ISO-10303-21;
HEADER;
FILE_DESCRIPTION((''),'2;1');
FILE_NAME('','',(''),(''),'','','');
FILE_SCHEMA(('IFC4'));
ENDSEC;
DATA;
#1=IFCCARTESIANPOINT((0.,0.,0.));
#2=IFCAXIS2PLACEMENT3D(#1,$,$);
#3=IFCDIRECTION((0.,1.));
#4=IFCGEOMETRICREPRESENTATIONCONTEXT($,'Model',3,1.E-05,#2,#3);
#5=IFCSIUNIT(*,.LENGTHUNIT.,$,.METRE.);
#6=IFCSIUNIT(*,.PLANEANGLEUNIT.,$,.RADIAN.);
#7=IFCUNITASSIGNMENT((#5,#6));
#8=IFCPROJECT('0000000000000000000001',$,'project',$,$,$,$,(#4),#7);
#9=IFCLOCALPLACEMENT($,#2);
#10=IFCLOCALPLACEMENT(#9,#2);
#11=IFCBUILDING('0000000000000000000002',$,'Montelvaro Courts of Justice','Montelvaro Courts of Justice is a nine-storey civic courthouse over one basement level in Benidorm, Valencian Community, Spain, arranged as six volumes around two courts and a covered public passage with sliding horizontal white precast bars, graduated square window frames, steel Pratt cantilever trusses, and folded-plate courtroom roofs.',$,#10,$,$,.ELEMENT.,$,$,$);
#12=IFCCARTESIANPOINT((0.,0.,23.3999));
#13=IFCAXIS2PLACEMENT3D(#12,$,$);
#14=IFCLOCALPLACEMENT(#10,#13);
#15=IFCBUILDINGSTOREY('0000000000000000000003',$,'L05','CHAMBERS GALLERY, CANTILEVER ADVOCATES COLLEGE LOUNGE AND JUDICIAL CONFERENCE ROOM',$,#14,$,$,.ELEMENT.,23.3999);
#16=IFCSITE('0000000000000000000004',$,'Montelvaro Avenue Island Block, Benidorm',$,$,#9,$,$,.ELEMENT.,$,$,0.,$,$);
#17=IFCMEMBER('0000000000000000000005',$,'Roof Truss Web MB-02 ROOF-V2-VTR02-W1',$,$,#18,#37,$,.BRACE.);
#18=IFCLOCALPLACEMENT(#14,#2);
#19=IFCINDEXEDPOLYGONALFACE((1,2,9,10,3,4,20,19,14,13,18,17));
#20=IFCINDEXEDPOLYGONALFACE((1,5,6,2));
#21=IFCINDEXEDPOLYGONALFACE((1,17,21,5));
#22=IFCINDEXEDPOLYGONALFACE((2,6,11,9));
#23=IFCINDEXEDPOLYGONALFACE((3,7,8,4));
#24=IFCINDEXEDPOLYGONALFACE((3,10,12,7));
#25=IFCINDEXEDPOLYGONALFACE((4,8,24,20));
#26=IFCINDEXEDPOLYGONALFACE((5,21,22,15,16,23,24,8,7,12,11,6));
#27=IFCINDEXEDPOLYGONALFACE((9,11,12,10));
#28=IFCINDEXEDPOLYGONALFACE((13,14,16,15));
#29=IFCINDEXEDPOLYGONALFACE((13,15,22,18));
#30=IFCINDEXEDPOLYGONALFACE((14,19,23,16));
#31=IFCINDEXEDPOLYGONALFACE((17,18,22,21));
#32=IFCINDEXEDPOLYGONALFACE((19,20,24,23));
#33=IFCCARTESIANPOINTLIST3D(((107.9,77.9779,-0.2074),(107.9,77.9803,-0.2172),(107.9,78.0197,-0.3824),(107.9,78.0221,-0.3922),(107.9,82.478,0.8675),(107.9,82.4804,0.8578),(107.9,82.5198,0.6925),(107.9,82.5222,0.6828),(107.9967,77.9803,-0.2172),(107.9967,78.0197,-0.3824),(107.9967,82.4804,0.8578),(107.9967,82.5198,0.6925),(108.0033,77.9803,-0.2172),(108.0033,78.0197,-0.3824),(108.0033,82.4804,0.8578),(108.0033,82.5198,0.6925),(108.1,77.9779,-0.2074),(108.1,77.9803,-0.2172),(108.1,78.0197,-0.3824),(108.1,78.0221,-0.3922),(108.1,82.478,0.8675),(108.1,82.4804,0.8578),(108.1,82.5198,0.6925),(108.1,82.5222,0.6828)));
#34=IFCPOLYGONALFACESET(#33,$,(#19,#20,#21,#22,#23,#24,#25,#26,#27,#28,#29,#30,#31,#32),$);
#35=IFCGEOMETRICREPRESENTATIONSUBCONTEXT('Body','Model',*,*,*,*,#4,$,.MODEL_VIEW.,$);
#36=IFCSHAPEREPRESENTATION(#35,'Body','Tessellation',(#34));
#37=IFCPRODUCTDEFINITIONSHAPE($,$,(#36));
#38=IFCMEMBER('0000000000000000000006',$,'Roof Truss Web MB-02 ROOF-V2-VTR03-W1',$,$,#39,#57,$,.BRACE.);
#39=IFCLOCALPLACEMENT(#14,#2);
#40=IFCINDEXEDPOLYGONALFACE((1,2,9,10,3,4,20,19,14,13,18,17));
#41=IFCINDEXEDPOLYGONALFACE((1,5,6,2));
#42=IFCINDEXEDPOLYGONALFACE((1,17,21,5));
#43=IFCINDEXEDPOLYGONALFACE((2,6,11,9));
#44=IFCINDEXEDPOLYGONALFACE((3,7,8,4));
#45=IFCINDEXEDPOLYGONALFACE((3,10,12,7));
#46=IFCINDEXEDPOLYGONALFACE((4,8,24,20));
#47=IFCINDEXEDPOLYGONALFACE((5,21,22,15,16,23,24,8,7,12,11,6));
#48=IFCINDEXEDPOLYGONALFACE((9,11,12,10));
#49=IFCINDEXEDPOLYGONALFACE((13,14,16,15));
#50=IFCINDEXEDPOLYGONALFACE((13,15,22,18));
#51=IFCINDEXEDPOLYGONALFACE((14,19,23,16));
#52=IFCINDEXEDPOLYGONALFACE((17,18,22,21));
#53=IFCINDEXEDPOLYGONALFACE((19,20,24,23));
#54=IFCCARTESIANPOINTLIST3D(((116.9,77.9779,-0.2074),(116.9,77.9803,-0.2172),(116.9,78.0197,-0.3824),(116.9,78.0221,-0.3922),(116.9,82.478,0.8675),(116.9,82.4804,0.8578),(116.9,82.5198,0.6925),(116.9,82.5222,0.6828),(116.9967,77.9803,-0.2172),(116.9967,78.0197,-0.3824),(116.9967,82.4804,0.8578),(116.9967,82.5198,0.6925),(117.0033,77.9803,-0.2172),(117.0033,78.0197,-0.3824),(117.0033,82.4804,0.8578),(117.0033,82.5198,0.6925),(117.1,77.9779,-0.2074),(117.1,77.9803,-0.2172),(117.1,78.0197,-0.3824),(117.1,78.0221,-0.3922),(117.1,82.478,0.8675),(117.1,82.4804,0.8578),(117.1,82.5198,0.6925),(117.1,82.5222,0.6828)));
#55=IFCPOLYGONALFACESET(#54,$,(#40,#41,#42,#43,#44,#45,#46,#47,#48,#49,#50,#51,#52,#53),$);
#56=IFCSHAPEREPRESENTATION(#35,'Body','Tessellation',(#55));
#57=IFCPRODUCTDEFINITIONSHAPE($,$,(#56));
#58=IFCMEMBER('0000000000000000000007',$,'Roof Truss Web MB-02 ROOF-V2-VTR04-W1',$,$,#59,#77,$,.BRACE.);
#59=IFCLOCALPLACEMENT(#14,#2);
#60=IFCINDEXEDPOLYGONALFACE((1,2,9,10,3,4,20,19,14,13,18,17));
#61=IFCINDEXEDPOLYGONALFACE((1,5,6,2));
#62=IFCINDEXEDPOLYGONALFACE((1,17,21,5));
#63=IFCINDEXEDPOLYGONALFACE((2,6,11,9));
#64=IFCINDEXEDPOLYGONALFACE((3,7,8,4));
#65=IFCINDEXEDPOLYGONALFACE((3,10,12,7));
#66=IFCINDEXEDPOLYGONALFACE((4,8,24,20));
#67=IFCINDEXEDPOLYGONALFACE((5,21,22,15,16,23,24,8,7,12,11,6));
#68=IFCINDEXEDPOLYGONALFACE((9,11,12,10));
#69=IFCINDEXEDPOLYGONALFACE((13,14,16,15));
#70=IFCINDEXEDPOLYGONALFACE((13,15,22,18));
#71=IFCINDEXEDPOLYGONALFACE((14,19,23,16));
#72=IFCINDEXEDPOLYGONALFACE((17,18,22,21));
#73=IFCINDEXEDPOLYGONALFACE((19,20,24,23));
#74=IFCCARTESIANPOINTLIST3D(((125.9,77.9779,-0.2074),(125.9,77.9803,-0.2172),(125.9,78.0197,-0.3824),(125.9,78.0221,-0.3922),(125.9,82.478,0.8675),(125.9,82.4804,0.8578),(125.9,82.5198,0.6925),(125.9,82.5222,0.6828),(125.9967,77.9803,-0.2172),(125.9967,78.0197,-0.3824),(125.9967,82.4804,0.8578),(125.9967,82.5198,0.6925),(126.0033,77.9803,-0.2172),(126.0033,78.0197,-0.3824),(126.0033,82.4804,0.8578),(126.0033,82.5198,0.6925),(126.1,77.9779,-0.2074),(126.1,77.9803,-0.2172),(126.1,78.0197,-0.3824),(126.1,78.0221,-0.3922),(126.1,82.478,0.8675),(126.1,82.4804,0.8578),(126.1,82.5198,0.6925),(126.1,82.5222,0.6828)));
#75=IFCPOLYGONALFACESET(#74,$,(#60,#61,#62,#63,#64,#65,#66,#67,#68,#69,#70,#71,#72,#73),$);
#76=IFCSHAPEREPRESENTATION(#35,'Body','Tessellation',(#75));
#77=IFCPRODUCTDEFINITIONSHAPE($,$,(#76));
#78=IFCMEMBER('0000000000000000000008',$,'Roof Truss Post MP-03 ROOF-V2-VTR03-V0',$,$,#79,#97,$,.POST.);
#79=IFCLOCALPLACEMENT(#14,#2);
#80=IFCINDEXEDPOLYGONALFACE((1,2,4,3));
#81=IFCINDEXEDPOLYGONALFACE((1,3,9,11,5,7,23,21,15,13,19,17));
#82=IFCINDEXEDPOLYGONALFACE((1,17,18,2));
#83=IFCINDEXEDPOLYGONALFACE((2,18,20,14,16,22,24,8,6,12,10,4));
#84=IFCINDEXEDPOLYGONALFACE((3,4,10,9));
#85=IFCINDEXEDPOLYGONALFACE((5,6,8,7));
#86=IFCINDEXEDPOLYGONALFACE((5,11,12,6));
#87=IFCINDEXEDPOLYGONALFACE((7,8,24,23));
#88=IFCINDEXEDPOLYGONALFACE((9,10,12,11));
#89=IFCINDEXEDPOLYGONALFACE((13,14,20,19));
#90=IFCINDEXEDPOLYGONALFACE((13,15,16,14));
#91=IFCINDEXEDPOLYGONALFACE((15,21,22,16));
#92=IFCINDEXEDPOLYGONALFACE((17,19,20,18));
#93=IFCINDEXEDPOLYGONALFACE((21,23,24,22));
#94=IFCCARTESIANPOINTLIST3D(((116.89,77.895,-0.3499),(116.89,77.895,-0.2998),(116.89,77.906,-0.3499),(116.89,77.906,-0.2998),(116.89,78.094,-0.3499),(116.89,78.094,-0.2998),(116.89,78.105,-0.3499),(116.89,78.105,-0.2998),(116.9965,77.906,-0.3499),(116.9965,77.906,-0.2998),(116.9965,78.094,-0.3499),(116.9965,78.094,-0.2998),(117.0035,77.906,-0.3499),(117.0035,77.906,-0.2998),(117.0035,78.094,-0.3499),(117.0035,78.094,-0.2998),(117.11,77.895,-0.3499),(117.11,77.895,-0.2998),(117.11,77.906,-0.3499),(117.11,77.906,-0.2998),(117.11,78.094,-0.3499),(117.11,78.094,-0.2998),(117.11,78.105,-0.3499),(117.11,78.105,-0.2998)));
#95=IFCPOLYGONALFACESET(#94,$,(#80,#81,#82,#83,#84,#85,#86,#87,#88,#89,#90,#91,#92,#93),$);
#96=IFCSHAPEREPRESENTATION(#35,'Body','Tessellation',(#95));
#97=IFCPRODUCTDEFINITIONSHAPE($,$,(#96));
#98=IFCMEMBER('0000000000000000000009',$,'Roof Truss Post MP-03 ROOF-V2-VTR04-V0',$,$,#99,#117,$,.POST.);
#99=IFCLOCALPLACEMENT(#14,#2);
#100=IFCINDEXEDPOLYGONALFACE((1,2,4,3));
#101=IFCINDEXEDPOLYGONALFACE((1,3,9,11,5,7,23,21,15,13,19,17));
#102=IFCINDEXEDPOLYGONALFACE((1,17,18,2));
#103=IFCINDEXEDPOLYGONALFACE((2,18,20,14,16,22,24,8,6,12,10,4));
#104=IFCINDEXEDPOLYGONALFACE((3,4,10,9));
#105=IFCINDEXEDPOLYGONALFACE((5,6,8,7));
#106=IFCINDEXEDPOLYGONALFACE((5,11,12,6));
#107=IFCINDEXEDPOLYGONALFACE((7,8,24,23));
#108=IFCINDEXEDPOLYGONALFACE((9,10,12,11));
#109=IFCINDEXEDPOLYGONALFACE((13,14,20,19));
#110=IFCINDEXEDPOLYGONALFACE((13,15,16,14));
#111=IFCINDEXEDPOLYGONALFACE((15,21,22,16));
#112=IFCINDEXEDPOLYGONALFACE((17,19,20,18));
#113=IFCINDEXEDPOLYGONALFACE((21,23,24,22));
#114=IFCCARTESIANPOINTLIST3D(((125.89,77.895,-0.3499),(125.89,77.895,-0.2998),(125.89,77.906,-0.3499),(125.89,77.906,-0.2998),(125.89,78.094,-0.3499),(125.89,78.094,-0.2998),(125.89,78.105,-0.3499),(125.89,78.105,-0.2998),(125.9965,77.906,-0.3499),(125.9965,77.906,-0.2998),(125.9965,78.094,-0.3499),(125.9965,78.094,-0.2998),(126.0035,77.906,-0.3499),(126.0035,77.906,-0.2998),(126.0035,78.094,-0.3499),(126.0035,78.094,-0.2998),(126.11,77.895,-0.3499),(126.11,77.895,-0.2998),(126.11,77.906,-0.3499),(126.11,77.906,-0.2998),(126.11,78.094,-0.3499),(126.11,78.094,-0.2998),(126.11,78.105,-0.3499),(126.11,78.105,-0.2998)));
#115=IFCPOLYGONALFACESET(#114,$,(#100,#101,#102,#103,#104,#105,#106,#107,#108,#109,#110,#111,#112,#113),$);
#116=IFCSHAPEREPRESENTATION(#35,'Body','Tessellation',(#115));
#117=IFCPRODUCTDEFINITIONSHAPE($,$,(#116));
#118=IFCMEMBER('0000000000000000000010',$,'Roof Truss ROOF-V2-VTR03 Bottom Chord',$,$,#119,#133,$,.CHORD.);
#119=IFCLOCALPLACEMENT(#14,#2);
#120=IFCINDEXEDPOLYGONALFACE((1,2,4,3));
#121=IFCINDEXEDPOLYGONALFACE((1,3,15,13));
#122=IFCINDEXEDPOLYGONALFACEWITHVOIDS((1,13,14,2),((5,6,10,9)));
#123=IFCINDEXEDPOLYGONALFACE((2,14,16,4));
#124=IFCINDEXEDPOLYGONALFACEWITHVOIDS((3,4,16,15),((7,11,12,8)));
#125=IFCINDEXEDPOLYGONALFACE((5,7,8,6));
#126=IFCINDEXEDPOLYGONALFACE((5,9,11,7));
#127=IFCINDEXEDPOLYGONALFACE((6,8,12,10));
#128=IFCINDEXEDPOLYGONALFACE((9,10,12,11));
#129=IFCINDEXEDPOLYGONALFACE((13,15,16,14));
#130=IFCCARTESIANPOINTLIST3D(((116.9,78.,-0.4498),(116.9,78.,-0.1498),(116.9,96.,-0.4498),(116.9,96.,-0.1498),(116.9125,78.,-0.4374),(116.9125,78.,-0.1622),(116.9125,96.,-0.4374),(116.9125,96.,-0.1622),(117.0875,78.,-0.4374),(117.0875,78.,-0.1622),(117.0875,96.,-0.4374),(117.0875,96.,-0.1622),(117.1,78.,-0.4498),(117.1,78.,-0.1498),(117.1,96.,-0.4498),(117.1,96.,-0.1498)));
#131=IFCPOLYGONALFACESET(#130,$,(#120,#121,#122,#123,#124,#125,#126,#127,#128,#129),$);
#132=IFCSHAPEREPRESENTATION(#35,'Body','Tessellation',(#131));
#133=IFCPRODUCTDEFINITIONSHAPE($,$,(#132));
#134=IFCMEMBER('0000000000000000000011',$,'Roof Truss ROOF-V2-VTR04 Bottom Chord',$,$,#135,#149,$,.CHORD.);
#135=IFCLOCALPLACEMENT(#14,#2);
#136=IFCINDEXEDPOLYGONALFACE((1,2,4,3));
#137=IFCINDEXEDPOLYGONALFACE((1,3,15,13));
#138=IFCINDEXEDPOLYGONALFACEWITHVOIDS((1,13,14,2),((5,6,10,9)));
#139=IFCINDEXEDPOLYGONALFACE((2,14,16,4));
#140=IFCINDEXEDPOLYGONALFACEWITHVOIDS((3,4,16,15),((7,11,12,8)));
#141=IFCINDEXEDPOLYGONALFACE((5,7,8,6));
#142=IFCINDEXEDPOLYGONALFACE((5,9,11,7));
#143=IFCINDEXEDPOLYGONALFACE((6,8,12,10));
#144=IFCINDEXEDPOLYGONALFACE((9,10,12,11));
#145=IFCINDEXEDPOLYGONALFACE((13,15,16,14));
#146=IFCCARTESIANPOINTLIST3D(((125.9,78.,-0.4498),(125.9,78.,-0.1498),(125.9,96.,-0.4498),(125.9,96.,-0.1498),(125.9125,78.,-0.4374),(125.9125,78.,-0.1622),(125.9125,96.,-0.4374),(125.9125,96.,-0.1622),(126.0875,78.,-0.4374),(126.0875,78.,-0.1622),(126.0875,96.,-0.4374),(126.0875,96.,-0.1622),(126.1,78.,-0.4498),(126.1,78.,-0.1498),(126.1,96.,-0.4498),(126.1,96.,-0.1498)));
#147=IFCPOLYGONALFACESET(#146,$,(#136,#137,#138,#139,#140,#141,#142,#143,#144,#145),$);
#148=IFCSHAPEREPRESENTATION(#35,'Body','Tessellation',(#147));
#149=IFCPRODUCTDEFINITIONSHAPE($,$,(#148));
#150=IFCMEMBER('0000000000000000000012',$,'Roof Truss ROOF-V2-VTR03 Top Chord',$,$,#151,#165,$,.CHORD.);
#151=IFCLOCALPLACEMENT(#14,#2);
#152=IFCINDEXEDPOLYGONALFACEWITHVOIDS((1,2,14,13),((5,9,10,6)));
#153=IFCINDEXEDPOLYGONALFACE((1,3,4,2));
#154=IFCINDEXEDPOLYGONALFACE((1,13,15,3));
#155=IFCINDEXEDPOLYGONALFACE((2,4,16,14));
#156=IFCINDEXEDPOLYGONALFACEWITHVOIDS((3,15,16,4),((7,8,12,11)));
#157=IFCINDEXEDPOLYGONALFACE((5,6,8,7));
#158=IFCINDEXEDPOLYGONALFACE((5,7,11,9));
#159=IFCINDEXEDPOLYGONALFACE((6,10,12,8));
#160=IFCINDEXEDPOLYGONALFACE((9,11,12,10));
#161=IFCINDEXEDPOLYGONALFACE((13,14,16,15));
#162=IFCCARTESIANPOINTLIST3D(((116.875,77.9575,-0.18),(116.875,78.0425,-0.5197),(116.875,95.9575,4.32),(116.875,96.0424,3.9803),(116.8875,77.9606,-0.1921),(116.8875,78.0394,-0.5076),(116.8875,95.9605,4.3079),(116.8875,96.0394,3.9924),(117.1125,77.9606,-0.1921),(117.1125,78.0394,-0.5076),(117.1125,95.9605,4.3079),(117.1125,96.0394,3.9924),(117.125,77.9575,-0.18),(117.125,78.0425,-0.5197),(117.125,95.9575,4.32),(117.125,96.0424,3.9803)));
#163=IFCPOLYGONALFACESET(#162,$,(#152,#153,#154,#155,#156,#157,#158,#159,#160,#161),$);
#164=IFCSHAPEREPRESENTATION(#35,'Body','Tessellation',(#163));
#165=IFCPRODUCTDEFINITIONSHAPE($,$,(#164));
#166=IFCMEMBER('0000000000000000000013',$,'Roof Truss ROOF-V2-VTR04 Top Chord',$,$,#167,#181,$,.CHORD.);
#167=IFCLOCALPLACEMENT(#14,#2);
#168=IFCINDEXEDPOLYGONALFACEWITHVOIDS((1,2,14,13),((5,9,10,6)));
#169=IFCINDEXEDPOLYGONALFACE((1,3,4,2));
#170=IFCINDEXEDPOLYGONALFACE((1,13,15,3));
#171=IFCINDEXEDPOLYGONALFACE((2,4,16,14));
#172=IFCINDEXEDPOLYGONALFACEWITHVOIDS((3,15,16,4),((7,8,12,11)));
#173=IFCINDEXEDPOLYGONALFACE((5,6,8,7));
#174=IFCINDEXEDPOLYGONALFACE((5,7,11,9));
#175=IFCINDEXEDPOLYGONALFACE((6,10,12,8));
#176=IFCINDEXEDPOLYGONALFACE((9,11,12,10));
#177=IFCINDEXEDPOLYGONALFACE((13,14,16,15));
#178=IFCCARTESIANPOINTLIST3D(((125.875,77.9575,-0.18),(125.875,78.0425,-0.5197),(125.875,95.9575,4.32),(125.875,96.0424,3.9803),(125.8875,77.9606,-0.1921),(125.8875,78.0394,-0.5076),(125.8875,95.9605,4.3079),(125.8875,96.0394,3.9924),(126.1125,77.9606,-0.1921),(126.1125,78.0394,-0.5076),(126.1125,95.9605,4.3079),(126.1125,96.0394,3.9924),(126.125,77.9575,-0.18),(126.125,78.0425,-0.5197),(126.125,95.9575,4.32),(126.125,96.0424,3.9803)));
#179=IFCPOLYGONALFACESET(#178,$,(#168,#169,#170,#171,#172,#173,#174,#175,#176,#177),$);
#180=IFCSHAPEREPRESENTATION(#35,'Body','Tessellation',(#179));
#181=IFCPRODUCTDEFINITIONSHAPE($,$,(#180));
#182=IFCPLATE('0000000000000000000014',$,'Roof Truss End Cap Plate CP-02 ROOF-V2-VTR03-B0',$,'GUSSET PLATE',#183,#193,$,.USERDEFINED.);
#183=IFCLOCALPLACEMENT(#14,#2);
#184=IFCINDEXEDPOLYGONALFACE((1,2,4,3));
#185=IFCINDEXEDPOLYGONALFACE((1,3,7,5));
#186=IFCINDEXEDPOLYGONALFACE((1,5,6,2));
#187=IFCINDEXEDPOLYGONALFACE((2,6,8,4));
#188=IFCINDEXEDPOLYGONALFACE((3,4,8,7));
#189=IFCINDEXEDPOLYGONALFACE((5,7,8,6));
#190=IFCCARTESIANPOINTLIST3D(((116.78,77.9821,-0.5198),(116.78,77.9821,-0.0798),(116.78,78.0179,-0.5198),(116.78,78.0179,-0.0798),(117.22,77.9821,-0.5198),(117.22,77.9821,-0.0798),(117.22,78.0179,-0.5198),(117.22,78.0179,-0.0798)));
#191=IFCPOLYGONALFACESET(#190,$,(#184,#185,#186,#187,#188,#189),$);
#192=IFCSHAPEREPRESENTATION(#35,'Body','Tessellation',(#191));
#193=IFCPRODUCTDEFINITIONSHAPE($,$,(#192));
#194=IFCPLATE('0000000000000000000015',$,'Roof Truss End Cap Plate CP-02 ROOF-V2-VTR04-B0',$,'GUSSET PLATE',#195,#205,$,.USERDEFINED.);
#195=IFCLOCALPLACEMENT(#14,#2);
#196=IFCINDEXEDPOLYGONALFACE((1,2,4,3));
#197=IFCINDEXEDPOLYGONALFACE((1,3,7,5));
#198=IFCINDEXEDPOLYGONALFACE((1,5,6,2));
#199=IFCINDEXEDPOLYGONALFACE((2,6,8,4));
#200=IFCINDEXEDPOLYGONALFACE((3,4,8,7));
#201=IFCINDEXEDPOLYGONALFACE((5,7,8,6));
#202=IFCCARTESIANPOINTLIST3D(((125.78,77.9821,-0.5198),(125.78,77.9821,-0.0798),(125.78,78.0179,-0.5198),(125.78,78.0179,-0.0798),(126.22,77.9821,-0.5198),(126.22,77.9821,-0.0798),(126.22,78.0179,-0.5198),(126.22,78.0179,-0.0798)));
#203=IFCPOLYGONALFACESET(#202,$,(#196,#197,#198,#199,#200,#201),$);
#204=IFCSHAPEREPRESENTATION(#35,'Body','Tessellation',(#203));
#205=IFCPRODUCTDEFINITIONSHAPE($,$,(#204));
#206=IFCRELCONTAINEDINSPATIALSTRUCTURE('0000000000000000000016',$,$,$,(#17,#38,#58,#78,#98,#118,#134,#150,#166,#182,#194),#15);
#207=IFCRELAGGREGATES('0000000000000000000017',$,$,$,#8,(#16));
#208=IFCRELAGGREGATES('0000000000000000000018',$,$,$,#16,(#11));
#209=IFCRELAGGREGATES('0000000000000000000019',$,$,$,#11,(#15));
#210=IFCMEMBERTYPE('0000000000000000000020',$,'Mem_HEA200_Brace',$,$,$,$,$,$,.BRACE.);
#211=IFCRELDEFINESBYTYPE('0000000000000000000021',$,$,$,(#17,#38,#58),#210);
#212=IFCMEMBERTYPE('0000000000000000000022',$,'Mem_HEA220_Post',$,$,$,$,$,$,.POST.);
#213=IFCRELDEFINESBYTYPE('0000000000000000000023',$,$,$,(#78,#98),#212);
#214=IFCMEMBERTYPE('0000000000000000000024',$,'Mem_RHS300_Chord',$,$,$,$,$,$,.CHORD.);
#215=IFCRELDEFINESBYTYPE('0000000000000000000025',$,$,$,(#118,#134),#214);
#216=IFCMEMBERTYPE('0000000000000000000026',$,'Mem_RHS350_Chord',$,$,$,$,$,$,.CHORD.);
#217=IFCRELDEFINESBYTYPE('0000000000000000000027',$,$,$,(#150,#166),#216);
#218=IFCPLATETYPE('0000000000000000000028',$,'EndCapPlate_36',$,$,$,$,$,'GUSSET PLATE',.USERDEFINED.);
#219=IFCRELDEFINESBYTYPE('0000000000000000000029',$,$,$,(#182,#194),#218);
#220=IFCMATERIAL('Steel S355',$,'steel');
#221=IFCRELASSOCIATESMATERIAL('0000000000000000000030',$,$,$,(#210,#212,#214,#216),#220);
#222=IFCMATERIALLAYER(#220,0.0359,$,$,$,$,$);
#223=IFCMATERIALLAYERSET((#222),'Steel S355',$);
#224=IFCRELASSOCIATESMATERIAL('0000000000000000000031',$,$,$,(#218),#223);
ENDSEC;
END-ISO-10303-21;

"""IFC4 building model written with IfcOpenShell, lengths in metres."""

from ifc_helpers import new_model, si_unit, direction, frame, origin, origin_2d, place, context, subcontext, project, spatial, rectangle, hollow_rectangle, i_section, extrude, material, layer, layer_set, material_profile, profile_set, type_object, element, save


model = new_model("IFC4")

# Units and contexts
model_context = context("Model", 3, precision=1e-05, world=origin(), true_north=direction((0.0, 1.0)))
body_context = subcontext(model_context, "Body", "Model", "MODEL_VIEW")
ifc_project = project(units=[si_unit("LENGTHUNIT", "METRE"), si_unit("PLANEANGLEUNIT", "RADIAN")], contexts=[model_context])

# Site, building, storey
site_placement = place(None, origin())
site = spatial("IfcSite", under=ifc_project, at=site_placement, Name="Montelvaro Avenue Island Block, Benidorm", CompositionType="ELEMENT", RefElevation=0.0)
building_placement = place(site_placement, origin())
building = spatial("IfcBuilding", under=site, at=building_placement, Name="Montelvaro Courts of Justice", Description="Montelvaro Courts of Justice is a nine-storey civic courthouse over one basement level in Benidorm, Valencian Community, Spain, arranged as six volumes around two courts and a covered public passage with sliding horizontal white precast bars, graduated square window frames, steel Pratt cantilever trusses, and folded-plate courtroom roofs.", CompositionType="ELEMENT")
storey_placement = place(building_placement, frame((0.0, 0.0, 23.3999)))
storey = spatial("IfcBuildingStorey", under=building, at=storey_placement, Name="L05", Description="CHAMBERS GALLERY, CANTILEVER ADVOCATES COLLEGE LOUNGE AND JUDICIAL CONFERENCE ROOM", CompositionType="ELEMENT", Elevation=23.3999)

# Members
ifc_material_1 = material(Name="Steel S355", Category="steel")
ifc_material_profile_1 = material_profile(ifc_material_1, i_section(OverallWidth=0.2, OverallDepth=0.1899, WebThickness=0.0066, FlangeThickness=0.01, at=origin_2d()), Name="HEA 200")
ifc_profile_set_1 = profile_set([ifc_material_profile_1], Name="Steel S355")
member_type_1 = type_object("IfcMemberType", Name="Mem_HEA200_Brace", PredefinedType="BRACE", material=ifc_profile_set_1)
for number, where, z_axis, x_axis, name in (
    (1, (108.0, 78.0, -0.2998), (0.0, 0.972634, 0.232341), (-1.0, 0.0, 0.0), "Roof Truss Web MB-02 ROOF-V2-VTR02-W1"),
    (2, (117.0, 78.0, -0.2998), (0.0, 0.972634, 0.232341), (-1.0, 0.0, 0.0), "Roof Truss Web MB-02 ROOF-V2-VTR03-W1"),
    (3, (126.0, 78.0, -0.2998), (0.0, 0.972634, 0.232341), (-1.0, 0.0, 0.0), "Roof Truss Web MB-02 ROOF-V2-VTR04-W1"),
):
    element("IfcMember", number, at=place(storey_placement, frame(where, z_axis=z_axis, x_axis=x_axis)), inside=storey, type_object=member_type_1, Name=name, PredefinedType="BRACE", context=body_context, shape_type="SweptSolid", body=[
        extrude(i_section(OverallWidth=0.2, OverallDepth=0.1899, WebThickness=0.0066, FlangeThickness=0.01, at=origin_2d()), origin(), (0.0, 0.0, 1.0), 4.6267),
    ])
ifc_material_profile_2 = material_profile(ifc_material_1, i_section(OverallWidth=0.22, OverallDepth=0.21, WebThickness=0.0071, FlangeThickness=0.011, at=origin_2d()), Name="HEA 220")
ifc_profile_set_2 = profile_set([ifc_material_profile_2], Name="Steel S355")
member_type_2 = type_object("IfcMemberType", Name="Mem_HEA220_Post", PredefinedType="POST", material=ifc_profile_set_2)
for number, where, z_axis, x_axis, name in (
    (4, (117.0, 78.0, -0.2998), (0.0, 0.0, -1.0), (1.0, 0.0, 0.0), "Roof Truss Post MP-03 ROOF-V2-VTR03-V0"),
    (5, (126.0, 78.0, -0.2998), (0.0, 0.0, -1.0), (1.0, 0.0, 0.0), "Roof Truss Post MP-03 ROOF-V2-VTR04-V0"),
):
    element("IfcMember", number, at=place(storey_placement, frame(where, z_axis=z_axis, x_axis=x_axis)), inside=storey, type_object=member_type_2, Name=name, PredefinedType="POST", context=body_context, shape_type="SweptSolid", body=[
        extrude(i_section(OverallWidth=0.22, OverallDepth=0.21, WebThickness=0.0071, FlangeThickness=0.011, at=origin_2d()), origin(), (0.0, 0.0, 1.0), 0.05),
    ])
ifc_material_profile_3 = material_profile(ifc_material_1, hollow_rectangle(XDim=0.2, YDim=0.3, WallThickness=0.0125, at=origin_2d()), Name="RHS 300x200x12.5")
ifc_profile_set_3 = profile_set([ifc_material_profile_3], Name="Steel S355")
member_type_3 = type_object("IfcMemberType", Name="Mem_RHS300_Chord", PredefinedType="CHORD", material=ifc_profile_set_3)
for number, where, z_axis, x_axis, name in (
    (6, (117.0, 78.0, -0.2998), (0.0, 1.0, 0.0), (-1.0, 0.0, 0.0), "Roof Truss ROOF-V2-VTR03 Bottom Chord"),
    (7, (126.0, 78.0, -0.2998), (0.0, 1.0, 0.0), (-1.0, 0.0, 0.0), "Roof Truss ROOF-V2-VTR04 Bottom Chord"),
):
    element("IfcMember", number, at=place(storey_placement, frame(where, z_axis=z_axis, x_axis=x_axis)), inside=storey, type_object=member_type_3, Name=name, PredefinedType="CHORD", context=body_context, shape_type="SweptSolid", body=[
        extrude(hollow_rectangle(XDim=0.2, YDim=0.3, WallThickness=0.0125, at=origin_2d()), origin(), (0.0, 0.0, 1.0), 18.0),
    ])
ifc_material_profile_4 = material_profile(ifc_material_1, hollow_rectangle(XDim=0.25, YDim=0.3501, WallThickness=0.0125, at=origin_2d()), Name="RHS 350x250x12.5")
ifc_profile_set_4 = profile_set([ifc_material_profile_4], Name="Steel S355")
member_type_4 = type_object("IfcMemberType", Name="Mem_RHS350_Chord", PredefinedType="CHORD", material=ifc_profile_set_4)
for number, where, z_axis, x_axis, name in (
    (8, (117.0, 78.0, -0.3499), (0.0, 0.970143, 0.242536), (-1.0, 0.0, 0.0), "Roof Truss ROOF-V2-VTR03 Top Chord"),
    (9, (126.0, 78.0, -0.3499), (0.0, 0.970143, 0.242536), (-1.0, 0.0, 0.0), "Roof Truss ROOF-V2-VTR04 Top Chord"),
):
    element("IfcMember", number, at=place(storey_placement, frame(where, z_axis=z_axis, x_axis=x_axis)), inside=storey, type_object=member_type_4, Name=name, PredefinedType="CHORD", context=body_context, shape_type="SweptSolid", body=[
        extrude(hollow_rectangle(XDim=0.25, YDim=0.3501, WallThickness=0.0125, at=origin_2d()), origin(), (0.0, 0.0, 1.0), 18.554),
    ])

# Plates
ifc_layer_1 = layer(ifc_material_1, 0.0359)
ifc_layer_set_1 = layer_set([ifc_layer_1], Name="Steel S355")
plate_type_1 = type_object("IfcPlateType", Name="EndCapPlate_36", ElementType="GUSSET PLATE", PredefinedType="USERDEFINED", material=ifc_layer_set_1)
for number, where, z_axis, x_axis, name in (
    (10, (117.0, 78.0, -0.5198), (0.0, 0.0, 1.0), (1.0, 0.0, 0.0), "Roof Truss End Cap Plate CP-02 ROOF-V2-VTR03-B0"),
    (11, (126.0, 78.0, -0.5198), (0.0, 0.0, 1.0), (1.0, 0.0, 0.0), "Roof Truss End Cap Plate CP-02 ROOF-V2-VTR04-B0"),
):
    element("IfcPlate", number, at=place(storey_placement, frame(where, z_axis=z_axis, x_axis=x_axis)), inside=storey, type_object=plate_type_1, Name=name, ObjectType="GUSSET PLATE", PredefinedType="USERDEFINED", context=body_context, shape_type="SweptSolid", body=[
        extrude(rectangle(XDim=0.4399, YDim=0.0359, at=origin_2d()), origin(), (0.0, 0.0, 1.0), 0.4399),
    ])

save(model, "model.ifc")
